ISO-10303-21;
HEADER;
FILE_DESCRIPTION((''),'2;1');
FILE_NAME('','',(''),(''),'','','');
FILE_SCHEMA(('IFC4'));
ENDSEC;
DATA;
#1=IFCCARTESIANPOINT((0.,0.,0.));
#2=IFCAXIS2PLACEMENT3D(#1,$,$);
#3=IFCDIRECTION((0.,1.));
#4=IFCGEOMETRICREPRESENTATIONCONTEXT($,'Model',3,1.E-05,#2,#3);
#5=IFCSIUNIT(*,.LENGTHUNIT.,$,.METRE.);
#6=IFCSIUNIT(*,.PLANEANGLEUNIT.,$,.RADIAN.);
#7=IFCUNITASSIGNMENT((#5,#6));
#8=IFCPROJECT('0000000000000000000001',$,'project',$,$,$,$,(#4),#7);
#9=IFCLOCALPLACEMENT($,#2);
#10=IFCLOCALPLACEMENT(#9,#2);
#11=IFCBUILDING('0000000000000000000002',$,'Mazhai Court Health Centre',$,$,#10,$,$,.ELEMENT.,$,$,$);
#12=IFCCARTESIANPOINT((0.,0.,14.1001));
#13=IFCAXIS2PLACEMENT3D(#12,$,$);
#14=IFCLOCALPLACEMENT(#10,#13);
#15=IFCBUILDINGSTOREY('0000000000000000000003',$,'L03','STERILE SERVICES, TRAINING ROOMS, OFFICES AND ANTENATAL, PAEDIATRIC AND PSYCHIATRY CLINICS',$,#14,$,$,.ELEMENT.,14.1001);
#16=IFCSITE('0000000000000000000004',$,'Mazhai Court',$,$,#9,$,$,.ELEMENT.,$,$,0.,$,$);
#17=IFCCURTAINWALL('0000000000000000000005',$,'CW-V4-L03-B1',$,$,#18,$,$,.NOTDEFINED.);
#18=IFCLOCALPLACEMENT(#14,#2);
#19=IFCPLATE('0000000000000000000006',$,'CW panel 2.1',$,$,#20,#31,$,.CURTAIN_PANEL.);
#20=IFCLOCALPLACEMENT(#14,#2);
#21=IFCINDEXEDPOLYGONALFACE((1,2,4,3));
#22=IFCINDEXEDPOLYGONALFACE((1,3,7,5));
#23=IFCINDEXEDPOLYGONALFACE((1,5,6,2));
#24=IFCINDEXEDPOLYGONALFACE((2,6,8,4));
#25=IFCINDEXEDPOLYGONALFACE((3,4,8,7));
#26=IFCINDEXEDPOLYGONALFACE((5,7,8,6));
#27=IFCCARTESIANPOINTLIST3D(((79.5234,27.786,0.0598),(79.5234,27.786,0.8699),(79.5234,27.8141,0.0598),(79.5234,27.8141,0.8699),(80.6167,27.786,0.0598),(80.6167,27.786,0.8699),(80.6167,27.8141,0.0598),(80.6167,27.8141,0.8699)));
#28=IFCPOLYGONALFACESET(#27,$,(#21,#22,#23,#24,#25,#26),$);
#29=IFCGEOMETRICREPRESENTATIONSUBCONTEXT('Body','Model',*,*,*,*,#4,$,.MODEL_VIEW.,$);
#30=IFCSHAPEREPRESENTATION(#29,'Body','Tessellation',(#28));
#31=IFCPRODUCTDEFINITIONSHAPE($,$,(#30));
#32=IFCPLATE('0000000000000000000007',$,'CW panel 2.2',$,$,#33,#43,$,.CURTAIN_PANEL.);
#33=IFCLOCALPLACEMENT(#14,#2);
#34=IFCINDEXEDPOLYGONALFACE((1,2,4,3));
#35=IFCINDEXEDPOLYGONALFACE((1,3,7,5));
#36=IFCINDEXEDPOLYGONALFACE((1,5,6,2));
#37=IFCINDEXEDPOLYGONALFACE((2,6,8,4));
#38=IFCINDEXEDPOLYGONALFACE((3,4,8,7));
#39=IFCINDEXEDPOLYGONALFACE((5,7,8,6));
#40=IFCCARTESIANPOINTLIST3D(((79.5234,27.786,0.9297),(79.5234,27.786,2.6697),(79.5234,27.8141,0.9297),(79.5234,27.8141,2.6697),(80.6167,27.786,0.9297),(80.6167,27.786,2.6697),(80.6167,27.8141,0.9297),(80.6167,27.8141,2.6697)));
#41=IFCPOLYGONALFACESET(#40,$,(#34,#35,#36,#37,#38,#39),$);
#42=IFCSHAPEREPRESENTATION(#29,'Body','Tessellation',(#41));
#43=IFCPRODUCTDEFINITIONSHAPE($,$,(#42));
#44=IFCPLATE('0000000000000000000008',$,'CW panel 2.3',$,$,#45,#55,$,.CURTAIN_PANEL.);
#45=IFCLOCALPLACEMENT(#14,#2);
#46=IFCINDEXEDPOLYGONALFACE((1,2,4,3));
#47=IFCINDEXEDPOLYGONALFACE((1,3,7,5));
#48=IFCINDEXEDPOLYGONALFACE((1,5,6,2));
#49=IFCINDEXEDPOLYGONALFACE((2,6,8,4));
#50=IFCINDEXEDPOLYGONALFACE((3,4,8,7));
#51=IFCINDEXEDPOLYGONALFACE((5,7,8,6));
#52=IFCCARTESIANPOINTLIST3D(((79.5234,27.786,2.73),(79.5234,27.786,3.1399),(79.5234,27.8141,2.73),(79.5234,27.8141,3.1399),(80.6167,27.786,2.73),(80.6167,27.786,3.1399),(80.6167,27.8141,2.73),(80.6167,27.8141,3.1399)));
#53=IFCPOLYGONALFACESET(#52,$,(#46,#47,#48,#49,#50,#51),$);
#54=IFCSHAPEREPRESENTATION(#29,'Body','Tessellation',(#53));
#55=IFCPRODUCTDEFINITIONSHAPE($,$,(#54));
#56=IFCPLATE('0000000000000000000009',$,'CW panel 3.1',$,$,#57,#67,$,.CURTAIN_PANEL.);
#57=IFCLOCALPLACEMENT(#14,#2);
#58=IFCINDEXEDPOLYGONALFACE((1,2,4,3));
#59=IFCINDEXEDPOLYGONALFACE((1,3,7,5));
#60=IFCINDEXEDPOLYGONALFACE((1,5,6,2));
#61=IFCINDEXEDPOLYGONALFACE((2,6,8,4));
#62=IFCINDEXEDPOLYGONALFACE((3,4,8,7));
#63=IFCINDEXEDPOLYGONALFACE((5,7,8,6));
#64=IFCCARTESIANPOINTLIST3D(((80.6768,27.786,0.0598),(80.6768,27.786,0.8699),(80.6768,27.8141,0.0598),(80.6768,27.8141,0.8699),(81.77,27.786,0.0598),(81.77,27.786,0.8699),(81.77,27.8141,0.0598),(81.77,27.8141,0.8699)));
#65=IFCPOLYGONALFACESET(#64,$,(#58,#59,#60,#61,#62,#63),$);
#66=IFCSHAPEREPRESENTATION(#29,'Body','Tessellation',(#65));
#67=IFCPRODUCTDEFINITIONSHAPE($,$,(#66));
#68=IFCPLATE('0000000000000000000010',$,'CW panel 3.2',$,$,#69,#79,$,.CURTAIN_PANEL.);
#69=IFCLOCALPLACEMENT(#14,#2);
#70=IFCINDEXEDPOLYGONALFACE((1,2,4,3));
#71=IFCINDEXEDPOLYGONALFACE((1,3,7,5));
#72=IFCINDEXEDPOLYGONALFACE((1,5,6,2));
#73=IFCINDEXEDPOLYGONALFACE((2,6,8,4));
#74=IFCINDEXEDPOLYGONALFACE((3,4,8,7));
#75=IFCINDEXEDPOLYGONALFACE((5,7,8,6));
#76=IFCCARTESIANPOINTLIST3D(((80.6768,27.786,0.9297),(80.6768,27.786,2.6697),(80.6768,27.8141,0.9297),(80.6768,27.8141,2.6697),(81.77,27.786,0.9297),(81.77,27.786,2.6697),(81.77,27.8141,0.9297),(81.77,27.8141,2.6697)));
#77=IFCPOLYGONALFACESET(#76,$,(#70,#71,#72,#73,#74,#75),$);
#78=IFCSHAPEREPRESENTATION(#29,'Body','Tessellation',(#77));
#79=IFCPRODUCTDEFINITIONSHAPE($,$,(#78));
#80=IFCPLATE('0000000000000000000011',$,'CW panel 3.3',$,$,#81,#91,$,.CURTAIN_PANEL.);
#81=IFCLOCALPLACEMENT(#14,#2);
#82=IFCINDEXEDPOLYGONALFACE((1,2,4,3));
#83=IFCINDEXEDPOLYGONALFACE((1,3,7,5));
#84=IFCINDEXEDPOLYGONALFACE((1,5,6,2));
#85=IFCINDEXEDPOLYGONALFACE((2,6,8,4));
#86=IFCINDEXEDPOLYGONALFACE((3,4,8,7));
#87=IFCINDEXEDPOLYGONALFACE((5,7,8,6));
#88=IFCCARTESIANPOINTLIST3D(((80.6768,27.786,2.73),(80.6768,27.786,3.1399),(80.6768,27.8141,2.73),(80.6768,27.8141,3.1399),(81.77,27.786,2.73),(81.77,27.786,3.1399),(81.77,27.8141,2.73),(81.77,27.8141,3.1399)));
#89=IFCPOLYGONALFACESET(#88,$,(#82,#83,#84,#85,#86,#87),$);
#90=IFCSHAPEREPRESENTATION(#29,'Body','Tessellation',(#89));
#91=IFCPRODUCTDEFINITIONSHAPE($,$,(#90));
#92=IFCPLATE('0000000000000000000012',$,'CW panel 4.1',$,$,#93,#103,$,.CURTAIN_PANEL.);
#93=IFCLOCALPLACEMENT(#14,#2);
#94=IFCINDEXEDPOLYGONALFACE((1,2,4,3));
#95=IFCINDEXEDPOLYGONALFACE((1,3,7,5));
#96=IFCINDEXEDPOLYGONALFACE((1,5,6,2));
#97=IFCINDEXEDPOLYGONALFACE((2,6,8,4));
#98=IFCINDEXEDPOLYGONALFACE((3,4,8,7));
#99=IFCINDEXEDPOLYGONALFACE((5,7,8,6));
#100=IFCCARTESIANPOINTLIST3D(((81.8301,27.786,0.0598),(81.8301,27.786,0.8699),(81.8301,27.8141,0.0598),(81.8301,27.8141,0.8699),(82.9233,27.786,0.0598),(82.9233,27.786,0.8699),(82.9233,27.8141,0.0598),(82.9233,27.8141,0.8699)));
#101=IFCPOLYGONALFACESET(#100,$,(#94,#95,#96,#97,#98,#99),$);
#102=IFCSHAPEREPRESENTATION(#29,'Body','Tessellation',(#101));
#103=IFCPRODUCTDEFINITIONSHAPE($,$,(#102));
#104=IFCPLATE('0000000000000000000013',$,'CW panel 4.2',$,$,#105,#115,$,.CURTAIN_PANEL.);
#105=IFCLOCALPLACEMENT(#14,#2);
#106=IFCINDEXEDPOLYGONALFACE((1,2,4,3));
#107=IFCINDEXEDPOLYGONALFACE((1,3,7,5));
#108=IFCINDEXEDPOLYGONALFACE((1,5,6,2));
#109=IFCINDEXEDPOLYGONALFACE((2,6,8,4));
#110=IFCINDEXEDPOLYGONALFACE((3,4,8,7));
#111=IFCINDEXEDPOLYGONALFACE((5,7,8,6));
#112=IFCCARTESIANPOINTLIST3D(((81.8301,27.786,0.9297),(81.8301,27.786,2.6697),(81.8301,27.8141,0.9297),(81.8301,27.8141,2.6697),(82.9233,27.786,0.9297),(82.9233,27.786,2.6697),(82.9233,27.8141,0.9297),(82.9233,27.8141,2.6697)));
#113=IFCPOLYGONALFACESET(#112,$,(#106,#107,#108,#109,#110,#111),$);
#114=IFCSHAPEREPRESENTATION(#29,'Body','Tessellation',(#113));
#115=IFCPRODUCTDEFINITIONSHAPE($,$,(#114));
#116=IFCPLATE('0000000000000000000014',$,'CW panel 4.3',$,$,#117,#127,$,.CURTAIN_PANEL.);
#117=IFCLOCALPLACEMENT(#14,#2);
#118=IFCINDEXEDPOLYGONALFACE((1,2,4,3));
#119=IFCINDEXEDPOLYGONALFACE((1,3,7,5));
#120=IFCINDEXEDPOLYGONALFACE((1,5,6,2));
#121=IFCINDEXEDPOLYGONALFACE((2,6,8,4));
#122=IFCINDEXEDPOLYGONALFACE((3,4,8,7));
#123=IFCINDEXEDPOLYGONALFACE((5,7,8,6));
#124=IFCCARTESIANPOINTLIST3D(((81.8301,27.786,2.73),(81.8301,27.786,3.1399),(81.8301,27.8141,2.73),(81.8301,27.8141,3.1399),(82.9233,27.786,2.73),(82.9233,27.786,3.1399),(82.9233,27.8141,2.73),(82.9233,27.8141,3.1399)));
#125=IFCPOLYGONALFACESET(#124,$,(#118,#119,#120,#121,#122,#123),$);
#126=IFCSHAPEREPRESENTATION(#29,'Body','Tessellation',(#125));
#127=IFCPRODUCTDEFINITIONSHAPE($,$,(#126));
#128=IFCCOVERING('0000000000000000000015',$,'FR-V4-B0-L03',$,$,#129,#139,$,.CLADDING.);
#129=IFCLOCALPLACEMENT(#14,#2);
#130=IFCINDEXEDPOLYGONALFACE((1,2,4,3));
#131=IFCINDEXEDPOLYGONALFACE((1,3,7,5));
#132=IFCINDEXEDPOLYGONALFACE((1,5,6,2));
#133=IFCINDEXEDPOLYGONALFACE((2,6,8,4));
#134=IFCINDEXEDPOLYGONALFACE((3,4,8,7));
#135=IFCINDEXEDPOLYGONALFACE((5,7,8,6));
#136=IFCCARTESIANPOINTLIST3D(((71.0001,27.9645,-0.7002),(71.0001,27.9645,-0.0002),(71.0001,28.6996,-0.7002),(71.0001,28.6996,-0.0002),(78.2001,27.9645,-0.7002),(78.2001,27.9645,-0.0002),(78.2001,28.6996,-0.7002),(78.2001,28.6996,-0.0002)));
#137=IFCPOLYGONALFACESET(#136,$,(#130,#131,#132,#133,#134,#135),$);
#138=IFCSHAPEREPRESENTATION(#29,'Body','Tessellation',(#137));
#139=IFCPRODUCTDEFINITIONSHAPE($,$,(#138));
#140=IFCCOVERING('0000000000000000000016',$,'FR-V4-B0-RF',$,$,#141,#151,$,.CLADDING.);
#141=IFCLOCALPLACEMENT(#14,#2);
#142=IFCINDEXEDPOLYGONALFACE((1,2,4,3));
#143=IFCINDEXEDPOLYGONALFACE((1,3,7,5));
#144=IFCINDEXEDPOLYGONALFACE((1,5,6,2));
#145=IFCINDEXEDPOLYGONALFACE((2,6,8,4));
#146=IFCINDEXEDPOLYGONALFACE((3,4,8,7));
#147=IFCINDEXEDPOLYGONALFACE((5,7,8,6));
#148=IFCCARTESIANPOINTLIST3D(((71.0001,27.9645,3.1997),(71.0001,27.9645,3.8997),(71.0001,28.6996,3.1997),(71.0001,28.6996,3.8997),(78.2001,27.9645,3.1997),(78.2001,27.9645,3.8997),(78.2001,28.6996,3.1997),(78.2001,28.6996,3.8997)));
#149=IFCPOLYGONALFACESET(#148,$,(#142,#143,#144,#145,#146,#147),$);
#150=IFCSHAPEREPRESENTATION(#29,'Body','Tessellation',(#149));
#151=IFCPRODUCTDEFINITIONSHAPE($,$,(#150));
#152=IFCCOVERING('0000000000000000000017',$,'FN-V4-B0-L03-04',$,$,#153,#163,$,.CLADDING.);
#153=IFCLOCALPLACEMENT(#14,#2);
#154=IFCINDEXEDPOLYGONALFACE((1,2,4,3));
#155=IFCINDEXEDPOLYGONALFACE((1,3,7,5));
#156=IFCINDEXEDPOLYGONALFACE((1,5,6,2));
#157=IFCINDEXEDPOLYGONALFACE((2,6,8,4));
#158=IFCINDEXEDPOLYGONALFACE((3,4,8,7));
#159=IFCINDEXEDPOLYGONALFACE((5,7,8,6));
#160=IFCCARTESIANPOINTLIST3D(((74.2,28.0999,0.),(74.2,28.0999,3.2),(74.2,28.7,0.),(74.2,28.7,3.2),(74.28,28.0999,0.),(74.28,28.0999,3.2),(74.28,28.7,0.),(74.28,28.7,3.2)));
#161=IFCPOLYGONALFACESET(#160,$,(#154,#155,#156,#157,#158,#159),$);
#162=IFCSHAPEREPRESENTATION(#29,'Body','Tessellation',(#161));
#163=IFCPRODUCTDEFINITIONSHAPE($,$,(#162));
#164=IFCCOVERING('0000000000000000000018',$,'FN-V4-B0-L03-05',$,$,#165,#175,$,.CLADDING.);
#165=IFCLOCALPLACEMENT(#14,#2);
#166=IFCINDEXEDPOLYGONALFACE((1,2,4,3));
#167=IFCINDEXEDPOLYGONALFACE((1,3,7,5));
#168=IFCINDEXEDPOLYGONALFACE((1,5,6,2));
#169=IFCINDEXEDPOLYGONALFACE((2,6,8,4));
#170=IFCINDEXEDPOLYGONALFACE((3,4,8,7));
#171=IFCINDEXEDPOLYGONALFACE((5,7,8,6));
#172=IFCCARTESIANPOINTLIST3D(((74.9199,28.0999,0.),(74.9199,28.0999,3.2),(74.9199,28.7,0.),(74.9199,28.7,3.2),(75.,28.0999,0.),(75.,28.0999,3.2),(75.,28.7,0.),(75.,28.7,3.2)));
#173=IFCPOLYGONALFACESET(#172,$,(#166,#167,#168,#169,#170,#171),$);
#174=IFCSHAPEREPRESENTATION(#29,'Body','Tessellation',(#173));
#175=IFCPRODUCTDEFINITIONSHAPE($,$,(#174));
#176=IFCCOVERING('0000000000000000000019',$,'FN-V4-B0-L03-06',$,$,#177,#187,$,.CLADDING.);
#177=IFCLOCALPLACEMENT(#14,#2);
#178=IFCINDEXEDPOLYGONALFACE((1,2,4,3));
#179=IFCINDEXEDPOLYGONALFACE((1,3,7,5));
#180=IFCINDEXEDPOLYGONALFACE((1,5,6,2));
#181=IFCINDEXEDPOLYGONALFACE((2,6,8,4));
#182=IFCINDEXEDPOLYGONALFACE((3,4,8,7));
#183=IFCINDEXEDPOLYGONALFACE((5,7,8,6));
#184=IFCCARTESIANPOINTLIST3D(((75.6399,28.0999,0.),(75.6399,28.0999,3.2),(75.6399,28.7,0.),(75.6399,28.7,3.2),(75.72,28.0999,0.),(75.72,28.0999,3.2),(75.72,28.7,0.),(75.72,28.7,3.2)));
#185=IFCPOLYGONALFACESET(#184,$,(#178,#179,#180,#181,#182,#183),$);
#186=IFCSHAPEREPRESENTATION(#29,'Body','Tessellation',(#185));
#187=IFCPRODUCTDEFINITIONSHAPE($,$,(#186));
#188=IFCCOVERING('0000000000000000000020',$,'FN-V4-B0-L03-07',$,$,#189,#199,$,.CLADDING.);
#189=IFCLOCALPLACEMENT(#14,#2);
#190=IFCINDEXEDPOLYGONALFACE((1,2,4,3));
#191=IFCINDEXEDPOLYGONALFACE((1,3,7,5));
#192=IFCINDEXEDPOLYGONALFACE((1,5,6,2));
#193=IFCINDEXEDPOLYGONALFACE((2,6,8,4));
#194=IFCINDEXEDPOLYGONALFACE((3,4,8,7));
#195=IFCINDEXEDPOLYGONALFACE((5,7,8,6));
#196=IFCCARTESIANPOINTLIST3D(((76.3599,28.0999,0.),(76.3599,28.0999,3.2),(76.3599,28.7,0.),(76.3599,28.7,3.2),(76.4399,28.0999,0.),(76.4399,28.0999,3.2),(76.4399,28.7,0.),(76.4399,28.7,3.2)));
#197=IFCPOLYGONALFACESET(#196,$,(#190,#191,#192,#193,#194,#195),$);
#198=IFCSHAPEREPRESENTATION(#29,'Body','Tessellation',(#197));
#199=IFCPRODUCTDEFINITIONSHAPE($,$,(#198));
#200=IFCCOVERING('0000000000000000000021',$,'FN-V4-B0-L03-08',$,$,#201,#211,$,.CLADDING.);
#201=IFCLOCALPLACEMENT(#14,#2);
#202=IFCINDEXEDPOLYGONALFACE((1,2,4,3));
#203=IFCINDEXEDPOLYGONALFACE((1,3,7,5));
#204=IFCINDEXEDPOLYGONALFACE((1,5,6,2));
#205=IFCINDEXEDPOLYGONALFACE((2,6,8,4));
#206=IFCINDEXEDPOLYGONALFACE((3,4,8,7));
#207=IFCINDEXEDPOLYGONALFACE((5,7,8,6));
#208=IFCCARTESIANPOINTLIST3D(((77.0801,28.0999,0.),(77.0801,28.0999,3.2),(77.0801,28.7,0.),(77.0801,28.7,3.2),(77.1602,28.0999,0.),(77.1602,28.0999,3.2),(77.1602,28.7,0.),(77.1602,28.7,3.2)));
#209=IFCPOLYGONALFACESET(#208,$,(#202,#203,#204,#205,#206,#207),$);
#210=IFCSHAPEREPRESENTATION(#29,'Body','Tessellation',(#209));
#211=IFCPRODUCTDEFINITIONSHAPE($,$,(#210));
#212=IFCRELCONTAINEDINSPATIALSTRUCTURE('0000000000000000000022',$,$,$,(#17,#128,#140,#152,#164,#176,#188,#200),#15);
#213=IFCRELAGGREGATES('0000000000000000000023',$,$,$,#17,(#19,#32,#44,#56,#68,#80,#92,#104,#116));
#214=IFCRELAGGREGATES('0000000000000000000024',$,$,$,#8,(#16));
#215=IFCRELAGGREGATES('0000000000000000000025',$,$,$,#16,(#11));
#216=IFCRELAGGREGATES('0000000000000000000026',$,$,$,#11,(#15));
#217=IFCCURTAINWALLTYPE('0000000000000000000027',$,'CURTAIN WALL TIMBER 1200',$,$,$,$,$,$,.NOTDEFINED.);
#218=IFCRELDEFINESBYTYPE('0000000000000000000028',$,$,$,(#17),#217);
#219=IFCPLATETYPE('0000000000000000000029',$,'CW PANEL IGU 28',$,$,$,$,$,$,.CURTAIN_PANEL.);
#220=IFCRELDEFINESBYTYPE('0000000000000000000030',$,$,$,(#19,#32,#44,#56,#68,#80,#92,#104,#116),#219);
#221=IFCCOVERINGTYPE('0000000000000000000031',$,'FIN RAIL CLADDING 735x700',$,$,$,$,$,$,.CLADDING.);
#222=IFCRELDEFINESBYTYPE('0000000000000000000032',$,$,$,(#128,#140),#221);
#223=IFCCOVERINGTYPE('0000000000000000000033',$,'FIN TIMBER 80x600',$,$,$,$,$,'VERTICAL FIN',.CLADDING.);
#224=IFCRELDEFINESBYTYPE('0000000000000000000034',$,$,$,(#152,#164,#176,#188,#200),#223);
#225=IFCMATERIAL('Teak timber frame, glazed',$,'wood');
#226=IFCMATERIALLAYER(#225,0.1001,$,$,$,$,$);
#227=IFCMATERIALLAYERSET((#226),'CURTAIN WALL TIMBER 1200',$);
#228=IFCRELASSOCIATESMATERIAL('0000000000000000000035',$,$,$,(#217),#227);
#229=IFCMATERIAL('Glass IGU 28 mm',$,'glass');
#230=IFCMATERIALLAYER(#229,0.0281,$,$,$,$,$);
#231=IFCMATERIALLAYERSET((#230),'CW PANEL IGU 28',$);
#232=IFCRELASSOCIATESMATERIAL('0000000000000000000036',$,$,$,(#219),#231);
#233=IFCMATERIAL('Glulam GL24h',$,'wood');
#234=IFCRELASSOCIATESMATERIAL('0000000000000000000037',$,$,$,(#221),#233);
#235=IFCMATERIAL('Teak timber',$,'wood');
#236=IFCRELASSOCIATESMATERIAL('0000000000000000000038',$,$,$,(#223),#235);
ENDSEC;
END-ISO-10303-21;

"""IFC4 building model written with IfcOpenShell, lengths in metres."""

from ifc_helpers import new_model, si_unit, direction, frame, origin, origin_2d, place, context, subcontext, project, spatial, rectangle, extrude, material, layer, layer_set, type_object, element, aggregate, save


model = new_model("IFC4")

# Units and contexts
model_context = context("Model", 3, precision=1e-05, world=origin(), true_north=direction((0.0, 1.0)))
body_context = subcontext(model_context, "Body", "Model", "MODEL_VIEW")
ifc_project = project(units=[si_unit("LENGTHUNIT", "METRE"), si_unit("PLANEANGLEUNIT", "RADIAN")], contexts=[model_context])

# Site, building, storey
site_placement = place(None, origin())
site = spatial("IfcSite", under=ifc_project, at=site_placement, Name="Mazhai Court", CompositionType="ELEMENT", RefElevation=0.0)
building_placement = place(site_placement, origin())
building = spatial("IfcBuilding", under=site, at=building_placement, Name="Mazhai Court Health Centre", CompositionType="ELEMENT")
storey_placement = place(building_placement, frame((0.0, 0.0, 14.1001)))
storey = spatial("IfcBuildingStorey", under=building, at=storey_placement, Name="L03", Description="STERILE SERVICES, TRAINING ROOMS, OFFICES AND ANTENATAL, PAEDIATRIC AND PSYCHIATRY CLINICS", CompositionType="ELEMENT", Elevation=14.1001)

# Curtain wall
ifc_material_1 = material(Name="Teak timber frame, glazed", Category="wood")
ifc_layer_1 = layer(ifc_material_1, 0.1001)
ifc_layer_set_1 = layer_set([ifc_layer_1], Name="CURTAIN WALL TIMBER 1200")
curtain_wall_type = type_object("IfcCurtainWallType", Name="CURTAIN WALL TIMBER 1200", PredefinedType="NOTDEFINED", material=ifc_layer_set_1)
curtain_wall_placement = place(storey_placement, origin())
curtain_wall = element("IfcCurtainWall", 1, at=curtain_wall_placement, inside=storey, type_object=curtain_wall_type, Name="CW-V4-L03-B1", PredefinedType="NOTDEFINED")

# Plates
ifc_material_2 = material(Name="Glass IGU 28 mm", Category="glass")
ifc_layer_2 = layer(ifc_material_2, 0.0281)
ifc_layer_set_2 = layer_set([ifc_layer_2], Name="CW PANEL IGU 28")
plate_type = type_object("IfcPlateType", Name="CW PANEL IGU 28", PredefinedType="CURTAIN_PANEL", material=ifc_layer_set_2)
plate_1_placement = place(storey_placement, frame((80.0701, 27.8, 0.0598), z_axis=(0.0, 0.0, 1.0), x_axis=(1.0, 0.0, 0.0)))
plate_1 = element("IfcPlate", 2, at=plate_1_placement, type_object=plate_type, Name="CW panel 2.1", PredefinedType="CURTAIN_PANEL", context=body_context, shape_type="SweptSolid", body=[
    extrude(rectangle(XDim=1.0933, YDim=0.0281, at=origin_2d()), origin(), (0.0, 0.0, 1.0), 0.8101),
])
plate_2_placement = place(storey_placement, frame((80.0701, 27.8, 0.9297), z_axis=(0.0, 0.0, 1.0), x_axis=(1.0, 0.0, 0.0)))
plate_2 = element("IfcPlate", 3, at=plate_2_placement, type_object=plate_type, Name="CW panel 2.2", PredefinedType="CURTAIN_PANEL", context=body_context, shape_type="SweptSolid", body=[
    extrude(rectangle(XDim=1.0933, YDim=0.0281, at=origin_2d()), origin(), (0.0, 0.0, 1.0), 1.74),
])
plate_3_placement = place(storey_placement, frame((80.0701, 27.8, 2.73), z_axis=(0.0, 0.0, 1.0), x_axis=(1.0, 0.0, 0.0)))
plate_3 = element("IfcPlate", 4, at=plate_3_placement, type_object=plate_type, Name="CW panel 2.3", PredefinedType="CURTAIN_PANEL", context=body_context, shape_type="SweptSolid", body=[
    extrude(rectangle(XDim=1.0933, YDim=0.0281, at=origin_2d()), origin(), (0.0, 0.0, 1.0), 0.4099),
])
plate_4_placement = place(storey_placement, frame((81.2234, 27.8, 0.0598), z_axis=(0.0, 0.0, 1.0), x_axis=(1.0, 0.0, 0.0)))
plate_4 = element("IfcPlate", 5, at=plate_4_placement, type_object=plate_type, Name="CW panel 3.1", PredefinedType="CURTAIN_PANEL", context=body_context, shape_type="SweptSolid", body=[
    extrude(rectangle(XDim=1.0933, YDim=0.0281, at=origin_2d()), origin(), (0.0, 0.0, 1.0), 0.8101),
])
plate_5_placement = place(storey_placement, frame((81.2234, 27.8, 0.9297), z_axis=(0.0, 0.0, 1.0), x_axis=(1.0, 0.0, 0.0)))
plate_5 = element("IfcPlate", 6, at=plate_5_placement, type_object=plate_type, Name="CW panel 3.2", PredefinedType="CURTAIN_PANEL", context=body_context, shape_type="SweptSolid", body=[
    extrude(rectangle(XDim=1.0933, YDim=0.0281, at=origin_2d()), origin(), (0.0, 0.0, 1.0), 1.74),
])
plate_6_placement = place(storey_placement, frame((81.2234, 27.8, 2.73), z_axis=(0.0, 0.0, 1.0), x_axis=(1.0, 0.0, 0.0)))
plate_6 = element("IfcPlate", 7, at=plate_6_placement, type_object=plate_type, Name="CW panel 3.3", PredefinedType="CURTAIN_PANEL", context=body_context, shape_type="SweptSolid", body=[
    extrude(rectangle(XDim=1.0933, YDim=0.0281, at=origin_2d()), origin(), (0.0, 0.0, 1.0), 0.4099),
])
plate_7_placement = place(storey_placement, frame((82.3767, 27.8, 0.0598), z_axis=(0.0, 0.0, 1.0), x_axis=(1.0, 0.0, 0.0)))
plate_7 = element("IfcPlate", 8, at=plate_7_placement, type_object=plate_type, Name="CW panel 4.1", PredefinedType="CURTAIN_PANEL", context=body_context, shape_type="SweptSolid", body=[
    extrude(rectangle(XDim=1.0933, YDim=0.0281, at=origin_2d()), origin(), (0.0, 0.0, 1.0), 0.8101),
])
plate_8_placement = place(storey_placement, frame((82.3767, 27.8, 0.9297), z_axis=(0.0, 0.0, 1.0), x_axis=(1.0, 0.0, 0.0)))
plate_8 = element("IfcPlate", 9, at=plate_8_placement, type_object=plate_type, Name="CW panel 4.2", PredefinedType="CURTAIN_PANEL", context=body_context, shape_type="SweptSolid", body=[
    extrude(rectangle(XDim=1.0933, YDim=0.0281, at=origin_2d()), origin(), (0.0, 0.0, 1.0), 1.74),
])
plate_9_placement = place(storey_placement, frame((82.3767, 27.8, 2.73), z_axis=(0.0, 0.0, 1.0), x_axis=(1.0, 0.0, 0.0)))
plate_9 = element("IfcPlate", 10, at=plate_9_placement, type_object=plate_type, Name="CW panel 4.3", PredefinedType="CURTAIN_PANEL", context=body_context, shape_type="SweptSolid", body=[
    extrude(rectangle(XDim=1.0933, YDim=0.0281, at=origin_2d()), origin(), (0.0, 0.0, 1.0), 0.4099),
])
aggregate(curtain_wall, [plate_1, plate_2, plate_3, plate_4, plate_5, plate_6, plate_7, plate_8, plate_9])

# Coverings
ifc_material_3 = material(Name="Glulam GL24h", Category="wood")
covering_type_1 = type_object("IfcCoveringType", Name="FIN RAIL CLADDING 735x700", PredefinedType="CLADDING", material=ifc_material_3)
for number, where, z_axis, x_axis, name in (
    (11, (74.6001, 28.332, -0.7002), (0.0, 0.0, 1.0), (1.0, 0.0, 0.0), "FR-V4-B0-L03"),
    (12, (74.6001, 28.332, 3.1997), (0.0, 0.0, 1.0), (1.0, 0.0, 0.0), "FR-V4-B0-RF"),
):
    element("IfcCovering", number, at=place(storey_placement, frame(where, z_axis=z_axis, x_axis=x_axis)), inside=storey, type_object=covering_type_1, Name=name, PredefinedType="CLADDING", context=body_context, shape_type="SweptSolid", body=[
        extrude(rectangle(XDim=7.2, YDim=0.7351, at=origin_2d()), origin(), (0.0, 0.0, 1.0), 0.7),
    ])
ifc_material_4 = material(Name="Teak timber", Category="wood")
covering_type_2 = type_object("IfcCoveringType", Name="FIN TIMBER 80x600", ElementType="VERTICAL FIN", PredefinedType="CLADDING", material=ifc_material_4)
for number, where, z_axis, x_axis, name in (
    (13, (74.24, 28.3999, 0.0), (0.0, 0.0, 1.0), (1.0, 0.0, 0.0), "FN-V4-B0-L03-04"),
    (14, (74.96, 28.3999, 0.0), (0.0, 0.0, 1.0), (1.0, 0.0, 0.0), "FN-V4-B0-L03-05"),
    (15, (75.6799, 28.3999, 0.0), (0.0, 0.0, 1.0), (1.0, 0.0, 0.0), "FN-V4-B0-L03-06"),
    (16, (76.3999, 28.3999, 0.0), (0.0, 0.0, 1.0), (1.0, 0.0, 0.0), "FN-V4-B0-L03-07"),
    (17, (77.1201, 28.3999, 0.0), (0.0, 0.0, 1.0), (1.0, 0.0, 0.0), "FN-V4-B0-L03-08"),
):
    element("IfcCovering", number, at=place(storey_placement, frame(where, z_axis=z_axis, x_axis=x_axis)), inside=storey, type_object=covering_type_2, Name=name, PredefinedType="CLADDING", context=body_context, shape_type="SweptSolid", body=[
        extrude(rectangle(XDim=0.0801, YDim=0.6001, at=origin_2d()), origin(), (0.0, 0.0, 1.0), 3.2),
    ])

save(model, "model.ifc")
